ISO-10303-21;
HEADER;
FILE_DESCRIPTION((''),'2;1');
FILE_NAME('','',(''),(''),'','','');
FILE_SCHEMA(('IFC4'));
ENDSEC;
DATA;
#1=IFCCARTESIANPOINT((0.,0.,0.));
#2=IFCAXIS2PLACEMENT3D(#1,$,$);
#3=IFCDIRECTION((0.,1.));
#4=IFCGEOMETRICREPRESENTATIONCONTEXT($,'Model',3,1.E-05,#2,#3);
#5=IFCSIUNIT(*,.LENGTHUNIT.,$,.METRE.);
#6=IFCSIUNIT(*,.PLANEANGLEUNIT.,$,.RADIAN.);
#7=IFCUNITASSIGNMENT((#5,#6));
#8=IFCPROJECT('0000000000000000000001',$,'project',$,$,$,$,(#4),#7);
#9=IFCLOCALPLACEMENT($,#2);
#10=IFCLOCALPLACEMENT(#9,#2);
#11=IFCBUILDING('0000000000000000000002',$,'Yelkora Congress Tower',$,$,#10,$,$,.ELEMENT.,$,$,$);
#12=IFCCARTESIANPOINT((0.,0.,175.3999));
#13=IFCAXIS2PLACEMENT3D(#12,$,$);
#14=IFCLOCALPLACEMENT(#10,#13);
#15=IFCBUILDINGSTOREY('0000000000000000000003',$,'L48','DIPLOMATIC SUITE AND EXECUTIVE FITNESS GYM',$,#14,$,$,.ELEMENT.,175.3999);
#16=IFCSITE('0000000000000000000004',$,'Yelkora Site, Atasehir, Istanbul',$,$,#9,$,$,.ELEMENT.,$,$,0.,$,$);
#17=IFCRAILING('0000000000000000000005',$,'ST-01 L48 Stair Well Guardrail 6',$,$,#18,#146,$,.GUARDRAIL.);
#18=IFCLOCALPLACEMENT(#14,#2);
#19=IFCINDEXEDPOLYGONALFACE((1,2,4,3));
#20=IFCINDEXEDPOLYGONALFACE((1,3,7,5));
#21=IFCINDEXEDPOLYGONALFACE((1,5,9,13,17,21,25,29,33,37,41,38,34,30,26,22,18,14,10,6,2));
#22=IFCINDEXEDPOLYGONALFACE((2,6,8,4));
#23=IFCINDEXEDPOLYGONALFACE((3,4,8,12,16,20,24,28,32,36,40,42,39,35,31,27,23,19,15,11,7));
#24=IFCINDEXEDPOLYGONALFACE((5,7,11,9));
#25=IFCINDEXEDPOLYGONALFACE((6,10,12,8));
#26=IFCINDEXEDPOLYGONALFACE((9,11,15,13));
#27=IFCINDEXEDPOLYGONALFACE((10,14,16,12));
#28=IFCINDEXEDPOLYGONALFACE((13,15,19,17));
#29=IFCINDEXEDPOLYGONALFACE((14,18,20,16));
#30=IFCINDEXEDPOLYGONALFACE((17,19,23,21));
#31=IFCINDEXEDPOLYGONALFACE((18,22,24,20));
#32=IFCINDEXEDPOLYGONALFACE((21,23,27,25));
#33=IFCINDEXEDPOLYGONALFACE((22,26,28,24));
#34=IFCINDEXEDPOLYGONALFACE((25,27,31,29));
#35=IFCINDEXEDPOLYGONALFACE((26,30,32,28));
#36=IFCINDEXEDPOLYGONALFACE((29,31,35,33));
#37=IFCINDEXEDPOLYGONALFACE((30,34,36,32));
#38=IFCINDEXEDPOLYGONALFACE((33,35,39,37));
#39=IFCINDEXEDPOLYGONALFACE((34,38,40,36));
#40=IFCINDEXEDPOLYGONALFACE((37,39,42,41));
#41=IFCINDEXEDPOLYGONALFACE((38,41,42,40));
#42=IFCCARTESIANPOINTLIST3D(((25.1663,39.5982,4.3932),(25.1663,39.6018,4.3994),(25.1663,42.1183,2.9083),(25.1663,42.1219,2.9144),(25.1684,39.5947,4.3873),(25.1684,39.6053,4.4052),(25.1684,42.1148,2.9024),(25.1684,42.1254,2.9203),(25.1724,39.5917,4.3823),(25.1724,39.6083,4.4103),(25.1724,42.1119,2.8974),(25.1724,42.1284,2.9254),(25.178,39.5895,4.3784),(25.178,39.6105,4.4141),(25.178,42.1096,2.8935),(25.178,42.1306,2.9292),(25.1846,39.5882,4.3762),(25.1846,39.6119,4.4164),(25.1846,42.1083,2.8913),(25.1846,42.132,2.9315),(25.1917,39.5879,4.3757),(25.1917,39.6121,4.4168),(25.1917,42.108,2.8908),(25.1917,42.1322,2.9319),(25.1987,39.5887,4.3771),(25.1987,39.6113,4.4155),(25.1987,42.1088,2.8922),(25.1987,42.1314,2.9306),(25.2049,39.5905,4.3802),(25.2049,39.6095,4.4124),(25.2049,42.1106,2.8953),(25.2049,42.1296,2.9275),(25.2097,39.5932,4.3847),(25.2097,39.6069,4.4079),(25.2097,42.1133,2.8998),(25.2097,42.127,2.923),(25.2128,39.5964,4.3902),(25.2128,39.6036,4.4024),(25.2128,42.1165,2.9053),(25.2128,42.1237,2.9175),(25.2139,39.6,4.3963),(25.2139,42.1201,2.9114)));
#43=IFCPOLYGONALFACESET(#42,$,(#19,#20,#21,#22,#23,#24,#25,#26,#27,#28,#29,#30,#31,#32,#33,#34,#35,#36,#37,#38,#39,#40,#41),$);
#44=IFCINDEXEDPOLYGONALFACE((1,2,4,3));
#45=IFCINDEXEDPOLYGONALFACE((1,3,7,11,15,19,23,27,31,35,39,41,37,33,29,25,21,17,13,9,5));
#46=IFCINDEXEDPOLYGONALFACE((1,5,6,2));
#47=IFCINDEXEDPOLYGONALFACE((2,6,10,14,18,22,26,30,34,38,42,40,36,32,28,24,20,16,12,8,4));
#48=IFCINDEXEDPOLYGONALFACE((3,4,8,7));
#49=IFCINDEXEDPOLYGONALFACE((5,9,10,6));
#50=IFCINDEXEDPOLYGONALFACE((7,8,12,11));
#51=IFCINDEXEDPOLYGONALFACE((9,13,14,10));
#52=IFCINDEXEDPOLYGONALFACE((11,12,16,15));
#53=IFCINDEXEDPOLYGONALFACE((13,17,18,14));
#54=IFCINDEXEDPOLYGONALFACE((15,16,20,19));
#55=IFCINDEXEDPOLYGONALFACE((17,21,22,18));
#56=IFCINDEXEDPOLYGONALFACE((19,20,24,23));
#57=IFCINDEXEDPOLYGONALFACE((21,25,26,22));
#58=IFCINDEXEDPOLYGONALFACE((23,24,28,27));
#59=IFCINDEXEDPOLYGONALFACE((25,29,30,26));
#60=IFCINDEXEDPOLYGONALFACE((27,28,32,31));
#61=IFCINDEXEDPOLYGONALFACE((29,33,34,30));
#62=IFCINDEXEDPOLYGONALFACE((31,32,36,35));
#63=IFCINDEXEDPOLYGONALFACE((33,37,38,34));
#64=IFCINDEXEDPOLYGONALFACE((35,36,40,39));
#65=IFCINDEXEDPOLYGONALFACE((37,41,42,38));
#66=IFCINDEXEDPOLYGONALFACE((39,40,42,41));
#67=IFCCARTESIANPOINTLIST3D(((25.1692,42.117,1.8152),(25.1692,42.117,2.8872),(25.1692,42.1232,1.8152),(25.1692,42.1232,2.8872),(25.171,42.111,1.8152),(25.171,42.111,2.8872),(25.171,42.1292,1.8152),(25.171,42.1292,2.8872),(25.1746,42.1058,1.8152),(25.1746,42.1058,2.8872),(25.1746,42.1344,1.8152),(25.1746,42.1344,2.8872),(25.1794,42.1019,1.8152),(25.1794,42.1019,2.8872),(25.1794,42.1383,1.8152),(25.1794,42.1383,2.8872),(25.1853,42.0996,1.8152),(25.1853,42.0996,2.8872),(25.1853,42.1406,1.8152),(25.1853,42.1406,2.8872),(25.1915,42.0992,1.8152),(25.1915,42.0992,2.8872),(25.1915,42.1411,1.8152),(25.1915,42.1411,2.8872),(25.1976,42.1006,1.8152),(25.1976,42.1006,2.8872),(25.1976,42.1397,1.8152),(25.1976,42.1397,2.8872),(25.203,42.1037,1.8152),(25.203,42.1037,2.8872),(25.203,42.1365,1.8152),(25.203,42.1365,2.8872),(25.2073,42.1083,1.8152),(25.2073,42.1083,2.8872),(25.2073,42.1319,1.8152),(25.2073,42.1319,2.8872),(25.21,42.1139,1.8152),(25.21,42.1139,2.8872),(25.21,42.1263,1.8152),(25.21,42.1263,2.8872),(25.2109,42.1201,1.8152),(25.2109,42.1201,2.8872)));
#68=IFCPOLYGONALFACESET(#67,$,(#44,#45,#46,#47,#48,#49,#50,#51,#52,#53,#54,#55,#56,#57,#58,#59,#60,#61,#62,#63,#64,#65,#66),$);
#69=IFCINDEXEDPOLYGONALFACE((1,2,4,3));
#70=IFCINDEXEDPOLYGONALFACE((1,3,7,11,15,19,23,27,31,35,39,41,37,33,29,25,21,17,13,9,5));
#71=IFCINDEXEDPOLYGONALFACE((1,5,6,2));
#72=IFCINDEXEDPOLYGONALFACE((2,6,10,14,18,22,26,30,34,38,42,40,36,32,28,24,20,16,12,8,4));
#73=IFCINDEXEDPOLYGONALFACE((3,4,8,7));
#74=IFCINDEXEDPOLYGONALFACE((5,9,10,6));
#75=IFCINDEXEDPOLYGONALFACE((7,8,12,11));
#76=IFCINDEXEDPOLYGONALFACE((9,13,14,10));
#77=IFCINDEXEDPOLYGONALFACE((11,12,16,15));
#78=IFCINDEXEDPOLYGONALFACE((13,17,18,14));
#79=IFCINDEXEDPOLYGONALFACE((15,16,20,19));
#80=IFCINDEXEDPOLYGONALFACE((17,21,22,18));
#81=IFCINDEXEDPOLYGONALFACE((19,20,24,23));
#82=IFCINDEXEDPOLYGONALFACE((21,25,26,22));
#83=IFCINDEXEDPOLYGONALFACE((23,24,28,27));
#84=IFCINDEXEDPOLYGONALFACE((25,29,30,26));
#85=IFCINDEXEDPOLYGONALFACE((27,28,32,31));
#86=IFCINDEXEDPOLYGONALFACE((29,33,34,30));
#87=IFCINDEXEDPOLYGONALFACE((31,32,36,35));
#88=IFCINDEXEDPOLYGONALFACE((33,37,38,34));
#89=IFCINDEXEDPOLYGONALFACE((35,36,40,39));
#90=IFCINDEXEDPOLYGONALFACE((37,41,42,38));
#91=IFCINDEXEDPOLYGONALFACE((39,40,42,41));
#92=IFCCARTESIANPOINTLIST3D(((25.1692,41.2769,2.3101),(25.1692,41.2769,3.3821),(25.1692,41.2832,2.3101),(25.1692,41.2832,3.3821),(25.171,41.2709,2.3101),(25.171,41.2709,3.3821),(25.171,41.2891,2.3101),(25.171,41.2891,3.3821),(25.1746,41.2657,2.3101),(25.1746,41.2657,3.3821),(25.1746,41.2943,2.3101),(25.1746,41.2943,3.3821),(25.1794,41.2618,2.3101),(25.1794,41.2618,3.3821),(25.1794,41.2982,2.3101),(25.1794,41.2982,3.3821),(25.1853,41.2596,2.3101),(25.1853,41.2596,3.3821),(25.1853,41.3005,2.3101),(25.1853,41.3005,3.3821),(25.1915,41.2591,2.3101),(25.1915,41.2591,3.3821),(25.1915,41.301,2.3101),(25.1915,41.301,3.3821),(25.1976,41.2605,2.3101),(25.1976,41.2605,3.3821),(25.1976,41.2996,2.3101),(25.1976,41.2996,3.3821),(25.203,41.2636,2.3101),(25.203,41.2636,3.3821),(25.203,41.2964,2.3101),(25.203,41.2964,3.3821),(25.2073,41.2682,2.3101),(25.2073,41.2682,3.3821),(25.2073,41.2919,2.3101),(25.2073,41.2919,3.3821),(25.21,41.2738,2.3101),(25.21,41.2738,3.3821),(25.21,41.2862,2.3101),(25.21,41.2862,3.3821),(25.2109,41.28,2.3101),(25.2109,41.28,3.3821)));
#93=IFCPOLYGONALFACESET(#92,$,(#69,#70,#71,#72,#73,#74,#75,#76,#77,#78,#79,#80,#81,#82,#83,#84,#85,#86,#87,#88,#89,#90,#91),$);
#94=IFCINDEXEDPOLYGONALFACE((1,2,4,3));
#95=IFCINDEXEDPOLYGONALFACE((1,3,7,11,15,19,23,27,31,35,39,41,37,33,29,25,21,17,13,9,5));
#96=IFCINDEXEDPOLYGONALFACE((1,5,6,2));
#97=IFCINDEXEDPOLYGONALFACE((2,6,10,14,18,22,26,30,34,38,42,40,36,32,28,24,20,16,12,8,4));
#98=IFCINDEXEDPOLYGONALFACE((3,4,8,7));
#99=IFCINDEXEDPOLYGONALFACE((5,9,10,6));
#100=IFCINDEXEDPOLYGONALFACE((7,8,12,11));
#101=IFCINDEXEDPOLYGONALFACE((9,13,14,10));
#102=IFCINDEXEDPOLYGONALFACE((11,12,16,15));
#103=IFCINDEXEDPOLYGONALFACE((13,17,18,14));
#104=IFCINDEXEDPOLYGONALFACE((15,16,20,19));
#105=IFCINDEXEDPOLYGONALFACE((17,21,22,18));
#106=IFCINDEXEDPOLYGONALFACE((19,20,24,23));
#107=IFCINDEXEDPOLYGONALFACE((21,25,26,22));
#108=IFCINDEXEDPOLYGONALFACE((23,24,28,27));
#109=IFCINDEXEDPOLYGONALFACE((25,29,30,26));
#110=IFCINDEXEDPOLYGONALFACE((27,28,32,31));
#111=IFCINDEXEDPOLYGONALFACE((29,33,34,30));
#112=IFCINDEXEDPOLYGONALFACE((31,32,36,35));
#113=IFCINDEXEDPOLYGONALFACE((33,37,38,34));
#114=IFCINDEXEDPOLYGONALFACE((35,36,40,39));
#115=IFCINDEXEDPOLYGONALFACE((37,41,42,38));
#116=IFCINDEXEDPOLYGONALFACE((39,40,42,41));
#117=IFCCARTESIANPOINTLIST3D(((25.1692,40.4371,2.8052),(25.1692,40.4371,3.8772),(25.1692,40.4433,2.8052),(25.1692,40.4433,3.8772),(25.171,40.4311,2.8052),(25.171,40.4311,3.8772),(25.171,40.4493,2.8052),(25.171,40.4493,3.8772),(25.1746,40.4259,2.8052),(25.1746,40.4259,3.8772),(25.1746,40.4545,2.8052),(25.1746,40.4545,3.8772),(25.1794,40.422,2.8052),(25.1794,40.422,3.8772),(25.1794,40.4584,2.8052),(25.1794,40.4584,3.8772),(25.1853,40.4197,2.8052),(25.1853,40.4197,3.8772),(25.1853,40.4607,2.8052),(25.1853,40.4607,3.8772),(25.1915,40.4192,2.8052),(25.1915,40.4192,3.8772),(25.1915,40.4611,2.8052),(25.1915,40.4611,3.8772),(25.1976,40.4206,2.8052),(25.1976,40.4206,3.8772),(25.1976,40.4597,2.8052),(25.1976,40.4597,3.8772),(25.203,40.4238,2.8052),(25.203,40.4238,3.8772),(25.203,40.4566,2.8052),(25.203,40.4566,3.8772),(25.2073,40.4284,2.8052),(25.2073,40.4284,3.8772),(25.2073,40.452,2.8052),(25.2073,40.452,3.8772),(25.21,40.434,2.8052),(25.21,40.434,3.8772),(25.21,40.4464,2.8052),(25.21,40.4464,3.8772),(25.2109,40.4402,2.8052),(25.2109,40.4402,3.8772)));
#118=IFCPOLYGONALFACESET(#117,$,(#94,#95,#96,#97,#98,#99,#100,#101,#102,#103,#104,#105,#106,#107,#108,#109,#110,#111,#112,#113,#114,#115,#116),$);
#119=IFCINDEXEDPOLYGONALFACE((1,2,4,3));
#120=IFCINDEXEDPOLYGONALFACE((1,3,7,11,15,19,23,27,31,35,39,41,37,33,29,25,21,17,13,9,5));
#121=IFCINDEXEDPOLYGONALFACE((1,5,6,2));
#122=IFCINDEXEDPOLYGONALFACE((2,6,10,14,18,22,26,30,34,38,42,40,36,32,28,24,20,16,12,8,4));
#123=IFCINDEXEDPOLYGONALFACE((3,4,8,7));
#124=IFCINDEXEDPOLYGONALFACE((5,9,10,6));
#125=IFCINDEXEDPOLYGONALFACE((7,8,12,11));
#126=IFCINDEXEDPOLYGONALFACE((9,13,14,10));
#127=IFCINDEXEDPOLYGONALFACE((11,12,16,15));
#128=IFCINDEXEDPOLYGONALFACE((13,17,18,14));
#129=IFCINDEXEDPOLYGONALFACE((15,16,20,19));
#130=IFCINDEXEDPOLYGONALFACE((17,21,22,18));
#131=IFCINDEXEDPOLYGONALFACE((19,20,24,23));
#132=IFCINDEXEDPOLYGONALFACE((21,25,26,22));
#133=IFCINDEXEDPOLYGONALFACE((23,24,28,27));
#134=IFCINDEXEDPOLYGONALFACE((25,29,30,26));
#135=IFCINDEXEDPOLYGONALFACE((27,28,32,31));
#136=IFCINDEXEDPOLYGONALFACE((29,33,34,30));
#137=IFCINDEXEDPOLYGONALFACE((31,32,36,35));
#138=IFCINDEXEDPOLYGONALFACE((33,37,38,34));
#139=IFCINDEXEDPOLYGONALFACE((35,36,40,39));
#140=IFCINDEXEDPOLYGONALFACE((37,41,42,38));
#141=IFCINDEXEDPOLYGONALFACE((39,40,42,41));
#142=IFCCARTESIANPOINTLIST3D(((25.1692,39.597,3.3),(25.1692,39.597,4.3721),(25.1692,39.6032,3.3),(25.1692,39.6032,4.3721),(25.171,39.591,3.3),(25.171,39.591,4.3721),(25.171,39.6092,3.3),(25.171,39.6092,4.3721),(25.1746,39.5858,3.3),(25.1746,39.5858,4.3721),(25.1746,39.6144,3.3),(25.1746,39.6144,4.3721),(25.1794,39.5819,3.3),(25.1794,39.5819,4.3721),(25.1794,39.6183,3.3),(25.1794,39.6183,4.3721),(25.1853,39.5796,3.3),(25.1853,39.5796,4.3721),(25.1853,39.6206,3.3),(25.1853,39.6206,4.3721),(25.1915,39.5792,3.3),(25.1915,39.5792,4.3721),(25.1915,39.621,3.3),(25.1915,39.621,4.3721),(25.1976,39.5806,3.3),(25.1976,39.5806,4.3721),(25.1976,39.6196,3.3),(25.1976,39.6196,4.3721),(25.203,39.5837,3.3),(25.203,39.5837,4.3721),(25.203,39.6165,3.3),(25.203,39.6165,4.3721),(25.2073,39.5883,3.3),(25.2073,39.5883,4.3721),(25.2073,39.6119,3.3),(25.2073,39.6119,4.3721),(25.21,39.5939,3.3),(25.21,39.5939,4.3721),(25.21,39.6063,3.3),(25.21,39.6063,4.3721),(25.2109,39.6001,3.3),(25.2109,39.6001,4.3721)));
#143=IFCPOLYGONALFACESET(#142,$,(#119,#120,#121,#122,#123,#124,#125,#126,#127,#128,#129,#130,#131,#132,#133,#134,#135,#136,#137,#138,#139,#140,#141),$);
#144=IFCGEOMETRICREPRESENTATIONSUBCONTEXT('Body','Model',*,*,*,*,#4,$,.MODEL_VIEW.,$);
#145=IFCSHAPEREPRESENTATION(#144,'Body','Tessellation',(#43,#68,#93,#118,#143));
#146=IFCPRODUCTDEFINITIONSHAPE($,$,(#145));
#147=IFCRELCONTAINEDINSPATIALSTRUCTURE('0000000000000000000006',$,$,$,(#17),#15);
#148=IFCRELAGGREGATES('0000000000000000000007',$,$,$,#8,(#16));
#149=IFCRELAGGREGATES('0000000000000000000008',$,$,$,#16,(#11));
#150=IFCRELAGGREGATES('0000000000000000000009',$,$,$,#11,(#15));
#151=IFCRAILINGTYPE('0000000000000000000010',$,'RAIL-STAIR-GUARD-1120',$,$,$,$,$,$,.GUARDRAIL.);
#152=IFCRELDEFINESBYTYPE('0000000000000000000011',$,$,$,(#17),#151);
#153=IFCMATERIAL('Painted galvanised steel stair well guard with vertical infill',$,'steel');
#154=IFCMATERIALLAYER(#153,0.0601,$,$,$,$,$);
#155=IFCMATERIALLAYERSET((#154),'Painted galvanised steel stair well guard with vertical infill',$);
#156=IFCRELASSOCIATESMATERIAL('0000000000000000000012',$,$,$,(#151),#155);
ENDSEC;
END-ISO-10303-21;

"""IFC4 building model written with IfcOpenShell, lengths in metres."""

from ifc_helpers import new_model, si_unit, direction, frame, origin, origin_2d, place, context, subcontext, project, spatial, circle, extrude, material, layer, layer_set, type_object, element, save


model = new_model("IFC4")

# Units and contexts
model_context = context("Model", 3, precision=1e-05, world=origin(), true_north=direction((0.0, 1.0)))
body_context = subcontext(model_context, "Body", "Model", "MODEL_VIEW")
ifc_project = project(units=[si_unit("LENGTHUNIT", "METRE"), si_unit("PLANEANGLEUNIT", "RADIAN")], contexts=[model_context])

# Site, building, storey
site_placement = place(None, origin())
site = spatial("IfcSite", under=ifc_project, at=site_placement, Name="Yelkora Site, Atasehir, Istanbul", CompositionType="ELEMENT", RefElevation=0.0)
building_placement = place(site_placement, origin())
building = spatial("IfcBuilding", under=site, at=building_placement, Name="Yelkora Congress Tower", CompositionType="ELEMENT")
storey_placement = place(building_placement, frame((0.0, 0.0, 175.3999)))
storey = spatial("IfcBuildingStorey", under=building, at=storey_placement, Name="L48", Description="DIPLOMATIC SUITE AND EXECUTIVE FITNESS GYM", CompositionType="ELEMENT", Elevation=175.3999)

# Railing
ifc_material_1 = material(Name="Painted galvanised steel stair well guard with vertical infill", Category="steel")
ifc_layer_1 = layer(ifc_material_1, 0.0601)
ifc_layer_set_1 = layer_set([ifc_layer_1], Name="Painted galvanised steel stair well guard with vertical infill")
railing_type_1 = type_object("IfcRailingType", Name="RAIL-STAIR-GUARD-1120", PredefinedType="GUARDRAIL", material=ifc_layer_set_1)
railing_1_placement = place(storey_placement, frame((25.1899, 42.1201, 1.8152)))
element("IfcRailing", 1, at=railing_1_placement, inside=storey, type_object=railing_type_1, Name="ST-01 L48 Stair Well Guardrail 6", PredefinedType="GUARDRAIL", context=body_context, shape_type="SweptSolid", body=[
    extrude(circle(Radius=0.0239, at=origin_2d()), frame((0.0, 0.0, 1.0962), z_axis=(0.0, -0.861561, 0.507655), x_axis=(1.0, 0.0, 0.0)), (0.0, 0.0, 1.0), 2.925),
    extrude(circle(Radius=0.021, at=origin_2d()), origin(), (0.0, 0.0, 1.0), 1.072),
    extrude(circle(Radius=0.021, at=origin_2d()), frame((0.0, -0.8401, 0.4949)), (0.0, 0.0, 1.0), 1.072),
    extrude(circle(Radius=0.021, at=origin_2d()), frame((0.0, -1.6799, 0.99)), (0.0, 0.0, 1.0), 1.072),
    extrude(circle(Radius=0.021, at=origin_2d()), frame((0.0, -2.52, 1.4849)), (0.0, 0.0, 1.0), 1.072),
])

save(model, "model.ifc")
